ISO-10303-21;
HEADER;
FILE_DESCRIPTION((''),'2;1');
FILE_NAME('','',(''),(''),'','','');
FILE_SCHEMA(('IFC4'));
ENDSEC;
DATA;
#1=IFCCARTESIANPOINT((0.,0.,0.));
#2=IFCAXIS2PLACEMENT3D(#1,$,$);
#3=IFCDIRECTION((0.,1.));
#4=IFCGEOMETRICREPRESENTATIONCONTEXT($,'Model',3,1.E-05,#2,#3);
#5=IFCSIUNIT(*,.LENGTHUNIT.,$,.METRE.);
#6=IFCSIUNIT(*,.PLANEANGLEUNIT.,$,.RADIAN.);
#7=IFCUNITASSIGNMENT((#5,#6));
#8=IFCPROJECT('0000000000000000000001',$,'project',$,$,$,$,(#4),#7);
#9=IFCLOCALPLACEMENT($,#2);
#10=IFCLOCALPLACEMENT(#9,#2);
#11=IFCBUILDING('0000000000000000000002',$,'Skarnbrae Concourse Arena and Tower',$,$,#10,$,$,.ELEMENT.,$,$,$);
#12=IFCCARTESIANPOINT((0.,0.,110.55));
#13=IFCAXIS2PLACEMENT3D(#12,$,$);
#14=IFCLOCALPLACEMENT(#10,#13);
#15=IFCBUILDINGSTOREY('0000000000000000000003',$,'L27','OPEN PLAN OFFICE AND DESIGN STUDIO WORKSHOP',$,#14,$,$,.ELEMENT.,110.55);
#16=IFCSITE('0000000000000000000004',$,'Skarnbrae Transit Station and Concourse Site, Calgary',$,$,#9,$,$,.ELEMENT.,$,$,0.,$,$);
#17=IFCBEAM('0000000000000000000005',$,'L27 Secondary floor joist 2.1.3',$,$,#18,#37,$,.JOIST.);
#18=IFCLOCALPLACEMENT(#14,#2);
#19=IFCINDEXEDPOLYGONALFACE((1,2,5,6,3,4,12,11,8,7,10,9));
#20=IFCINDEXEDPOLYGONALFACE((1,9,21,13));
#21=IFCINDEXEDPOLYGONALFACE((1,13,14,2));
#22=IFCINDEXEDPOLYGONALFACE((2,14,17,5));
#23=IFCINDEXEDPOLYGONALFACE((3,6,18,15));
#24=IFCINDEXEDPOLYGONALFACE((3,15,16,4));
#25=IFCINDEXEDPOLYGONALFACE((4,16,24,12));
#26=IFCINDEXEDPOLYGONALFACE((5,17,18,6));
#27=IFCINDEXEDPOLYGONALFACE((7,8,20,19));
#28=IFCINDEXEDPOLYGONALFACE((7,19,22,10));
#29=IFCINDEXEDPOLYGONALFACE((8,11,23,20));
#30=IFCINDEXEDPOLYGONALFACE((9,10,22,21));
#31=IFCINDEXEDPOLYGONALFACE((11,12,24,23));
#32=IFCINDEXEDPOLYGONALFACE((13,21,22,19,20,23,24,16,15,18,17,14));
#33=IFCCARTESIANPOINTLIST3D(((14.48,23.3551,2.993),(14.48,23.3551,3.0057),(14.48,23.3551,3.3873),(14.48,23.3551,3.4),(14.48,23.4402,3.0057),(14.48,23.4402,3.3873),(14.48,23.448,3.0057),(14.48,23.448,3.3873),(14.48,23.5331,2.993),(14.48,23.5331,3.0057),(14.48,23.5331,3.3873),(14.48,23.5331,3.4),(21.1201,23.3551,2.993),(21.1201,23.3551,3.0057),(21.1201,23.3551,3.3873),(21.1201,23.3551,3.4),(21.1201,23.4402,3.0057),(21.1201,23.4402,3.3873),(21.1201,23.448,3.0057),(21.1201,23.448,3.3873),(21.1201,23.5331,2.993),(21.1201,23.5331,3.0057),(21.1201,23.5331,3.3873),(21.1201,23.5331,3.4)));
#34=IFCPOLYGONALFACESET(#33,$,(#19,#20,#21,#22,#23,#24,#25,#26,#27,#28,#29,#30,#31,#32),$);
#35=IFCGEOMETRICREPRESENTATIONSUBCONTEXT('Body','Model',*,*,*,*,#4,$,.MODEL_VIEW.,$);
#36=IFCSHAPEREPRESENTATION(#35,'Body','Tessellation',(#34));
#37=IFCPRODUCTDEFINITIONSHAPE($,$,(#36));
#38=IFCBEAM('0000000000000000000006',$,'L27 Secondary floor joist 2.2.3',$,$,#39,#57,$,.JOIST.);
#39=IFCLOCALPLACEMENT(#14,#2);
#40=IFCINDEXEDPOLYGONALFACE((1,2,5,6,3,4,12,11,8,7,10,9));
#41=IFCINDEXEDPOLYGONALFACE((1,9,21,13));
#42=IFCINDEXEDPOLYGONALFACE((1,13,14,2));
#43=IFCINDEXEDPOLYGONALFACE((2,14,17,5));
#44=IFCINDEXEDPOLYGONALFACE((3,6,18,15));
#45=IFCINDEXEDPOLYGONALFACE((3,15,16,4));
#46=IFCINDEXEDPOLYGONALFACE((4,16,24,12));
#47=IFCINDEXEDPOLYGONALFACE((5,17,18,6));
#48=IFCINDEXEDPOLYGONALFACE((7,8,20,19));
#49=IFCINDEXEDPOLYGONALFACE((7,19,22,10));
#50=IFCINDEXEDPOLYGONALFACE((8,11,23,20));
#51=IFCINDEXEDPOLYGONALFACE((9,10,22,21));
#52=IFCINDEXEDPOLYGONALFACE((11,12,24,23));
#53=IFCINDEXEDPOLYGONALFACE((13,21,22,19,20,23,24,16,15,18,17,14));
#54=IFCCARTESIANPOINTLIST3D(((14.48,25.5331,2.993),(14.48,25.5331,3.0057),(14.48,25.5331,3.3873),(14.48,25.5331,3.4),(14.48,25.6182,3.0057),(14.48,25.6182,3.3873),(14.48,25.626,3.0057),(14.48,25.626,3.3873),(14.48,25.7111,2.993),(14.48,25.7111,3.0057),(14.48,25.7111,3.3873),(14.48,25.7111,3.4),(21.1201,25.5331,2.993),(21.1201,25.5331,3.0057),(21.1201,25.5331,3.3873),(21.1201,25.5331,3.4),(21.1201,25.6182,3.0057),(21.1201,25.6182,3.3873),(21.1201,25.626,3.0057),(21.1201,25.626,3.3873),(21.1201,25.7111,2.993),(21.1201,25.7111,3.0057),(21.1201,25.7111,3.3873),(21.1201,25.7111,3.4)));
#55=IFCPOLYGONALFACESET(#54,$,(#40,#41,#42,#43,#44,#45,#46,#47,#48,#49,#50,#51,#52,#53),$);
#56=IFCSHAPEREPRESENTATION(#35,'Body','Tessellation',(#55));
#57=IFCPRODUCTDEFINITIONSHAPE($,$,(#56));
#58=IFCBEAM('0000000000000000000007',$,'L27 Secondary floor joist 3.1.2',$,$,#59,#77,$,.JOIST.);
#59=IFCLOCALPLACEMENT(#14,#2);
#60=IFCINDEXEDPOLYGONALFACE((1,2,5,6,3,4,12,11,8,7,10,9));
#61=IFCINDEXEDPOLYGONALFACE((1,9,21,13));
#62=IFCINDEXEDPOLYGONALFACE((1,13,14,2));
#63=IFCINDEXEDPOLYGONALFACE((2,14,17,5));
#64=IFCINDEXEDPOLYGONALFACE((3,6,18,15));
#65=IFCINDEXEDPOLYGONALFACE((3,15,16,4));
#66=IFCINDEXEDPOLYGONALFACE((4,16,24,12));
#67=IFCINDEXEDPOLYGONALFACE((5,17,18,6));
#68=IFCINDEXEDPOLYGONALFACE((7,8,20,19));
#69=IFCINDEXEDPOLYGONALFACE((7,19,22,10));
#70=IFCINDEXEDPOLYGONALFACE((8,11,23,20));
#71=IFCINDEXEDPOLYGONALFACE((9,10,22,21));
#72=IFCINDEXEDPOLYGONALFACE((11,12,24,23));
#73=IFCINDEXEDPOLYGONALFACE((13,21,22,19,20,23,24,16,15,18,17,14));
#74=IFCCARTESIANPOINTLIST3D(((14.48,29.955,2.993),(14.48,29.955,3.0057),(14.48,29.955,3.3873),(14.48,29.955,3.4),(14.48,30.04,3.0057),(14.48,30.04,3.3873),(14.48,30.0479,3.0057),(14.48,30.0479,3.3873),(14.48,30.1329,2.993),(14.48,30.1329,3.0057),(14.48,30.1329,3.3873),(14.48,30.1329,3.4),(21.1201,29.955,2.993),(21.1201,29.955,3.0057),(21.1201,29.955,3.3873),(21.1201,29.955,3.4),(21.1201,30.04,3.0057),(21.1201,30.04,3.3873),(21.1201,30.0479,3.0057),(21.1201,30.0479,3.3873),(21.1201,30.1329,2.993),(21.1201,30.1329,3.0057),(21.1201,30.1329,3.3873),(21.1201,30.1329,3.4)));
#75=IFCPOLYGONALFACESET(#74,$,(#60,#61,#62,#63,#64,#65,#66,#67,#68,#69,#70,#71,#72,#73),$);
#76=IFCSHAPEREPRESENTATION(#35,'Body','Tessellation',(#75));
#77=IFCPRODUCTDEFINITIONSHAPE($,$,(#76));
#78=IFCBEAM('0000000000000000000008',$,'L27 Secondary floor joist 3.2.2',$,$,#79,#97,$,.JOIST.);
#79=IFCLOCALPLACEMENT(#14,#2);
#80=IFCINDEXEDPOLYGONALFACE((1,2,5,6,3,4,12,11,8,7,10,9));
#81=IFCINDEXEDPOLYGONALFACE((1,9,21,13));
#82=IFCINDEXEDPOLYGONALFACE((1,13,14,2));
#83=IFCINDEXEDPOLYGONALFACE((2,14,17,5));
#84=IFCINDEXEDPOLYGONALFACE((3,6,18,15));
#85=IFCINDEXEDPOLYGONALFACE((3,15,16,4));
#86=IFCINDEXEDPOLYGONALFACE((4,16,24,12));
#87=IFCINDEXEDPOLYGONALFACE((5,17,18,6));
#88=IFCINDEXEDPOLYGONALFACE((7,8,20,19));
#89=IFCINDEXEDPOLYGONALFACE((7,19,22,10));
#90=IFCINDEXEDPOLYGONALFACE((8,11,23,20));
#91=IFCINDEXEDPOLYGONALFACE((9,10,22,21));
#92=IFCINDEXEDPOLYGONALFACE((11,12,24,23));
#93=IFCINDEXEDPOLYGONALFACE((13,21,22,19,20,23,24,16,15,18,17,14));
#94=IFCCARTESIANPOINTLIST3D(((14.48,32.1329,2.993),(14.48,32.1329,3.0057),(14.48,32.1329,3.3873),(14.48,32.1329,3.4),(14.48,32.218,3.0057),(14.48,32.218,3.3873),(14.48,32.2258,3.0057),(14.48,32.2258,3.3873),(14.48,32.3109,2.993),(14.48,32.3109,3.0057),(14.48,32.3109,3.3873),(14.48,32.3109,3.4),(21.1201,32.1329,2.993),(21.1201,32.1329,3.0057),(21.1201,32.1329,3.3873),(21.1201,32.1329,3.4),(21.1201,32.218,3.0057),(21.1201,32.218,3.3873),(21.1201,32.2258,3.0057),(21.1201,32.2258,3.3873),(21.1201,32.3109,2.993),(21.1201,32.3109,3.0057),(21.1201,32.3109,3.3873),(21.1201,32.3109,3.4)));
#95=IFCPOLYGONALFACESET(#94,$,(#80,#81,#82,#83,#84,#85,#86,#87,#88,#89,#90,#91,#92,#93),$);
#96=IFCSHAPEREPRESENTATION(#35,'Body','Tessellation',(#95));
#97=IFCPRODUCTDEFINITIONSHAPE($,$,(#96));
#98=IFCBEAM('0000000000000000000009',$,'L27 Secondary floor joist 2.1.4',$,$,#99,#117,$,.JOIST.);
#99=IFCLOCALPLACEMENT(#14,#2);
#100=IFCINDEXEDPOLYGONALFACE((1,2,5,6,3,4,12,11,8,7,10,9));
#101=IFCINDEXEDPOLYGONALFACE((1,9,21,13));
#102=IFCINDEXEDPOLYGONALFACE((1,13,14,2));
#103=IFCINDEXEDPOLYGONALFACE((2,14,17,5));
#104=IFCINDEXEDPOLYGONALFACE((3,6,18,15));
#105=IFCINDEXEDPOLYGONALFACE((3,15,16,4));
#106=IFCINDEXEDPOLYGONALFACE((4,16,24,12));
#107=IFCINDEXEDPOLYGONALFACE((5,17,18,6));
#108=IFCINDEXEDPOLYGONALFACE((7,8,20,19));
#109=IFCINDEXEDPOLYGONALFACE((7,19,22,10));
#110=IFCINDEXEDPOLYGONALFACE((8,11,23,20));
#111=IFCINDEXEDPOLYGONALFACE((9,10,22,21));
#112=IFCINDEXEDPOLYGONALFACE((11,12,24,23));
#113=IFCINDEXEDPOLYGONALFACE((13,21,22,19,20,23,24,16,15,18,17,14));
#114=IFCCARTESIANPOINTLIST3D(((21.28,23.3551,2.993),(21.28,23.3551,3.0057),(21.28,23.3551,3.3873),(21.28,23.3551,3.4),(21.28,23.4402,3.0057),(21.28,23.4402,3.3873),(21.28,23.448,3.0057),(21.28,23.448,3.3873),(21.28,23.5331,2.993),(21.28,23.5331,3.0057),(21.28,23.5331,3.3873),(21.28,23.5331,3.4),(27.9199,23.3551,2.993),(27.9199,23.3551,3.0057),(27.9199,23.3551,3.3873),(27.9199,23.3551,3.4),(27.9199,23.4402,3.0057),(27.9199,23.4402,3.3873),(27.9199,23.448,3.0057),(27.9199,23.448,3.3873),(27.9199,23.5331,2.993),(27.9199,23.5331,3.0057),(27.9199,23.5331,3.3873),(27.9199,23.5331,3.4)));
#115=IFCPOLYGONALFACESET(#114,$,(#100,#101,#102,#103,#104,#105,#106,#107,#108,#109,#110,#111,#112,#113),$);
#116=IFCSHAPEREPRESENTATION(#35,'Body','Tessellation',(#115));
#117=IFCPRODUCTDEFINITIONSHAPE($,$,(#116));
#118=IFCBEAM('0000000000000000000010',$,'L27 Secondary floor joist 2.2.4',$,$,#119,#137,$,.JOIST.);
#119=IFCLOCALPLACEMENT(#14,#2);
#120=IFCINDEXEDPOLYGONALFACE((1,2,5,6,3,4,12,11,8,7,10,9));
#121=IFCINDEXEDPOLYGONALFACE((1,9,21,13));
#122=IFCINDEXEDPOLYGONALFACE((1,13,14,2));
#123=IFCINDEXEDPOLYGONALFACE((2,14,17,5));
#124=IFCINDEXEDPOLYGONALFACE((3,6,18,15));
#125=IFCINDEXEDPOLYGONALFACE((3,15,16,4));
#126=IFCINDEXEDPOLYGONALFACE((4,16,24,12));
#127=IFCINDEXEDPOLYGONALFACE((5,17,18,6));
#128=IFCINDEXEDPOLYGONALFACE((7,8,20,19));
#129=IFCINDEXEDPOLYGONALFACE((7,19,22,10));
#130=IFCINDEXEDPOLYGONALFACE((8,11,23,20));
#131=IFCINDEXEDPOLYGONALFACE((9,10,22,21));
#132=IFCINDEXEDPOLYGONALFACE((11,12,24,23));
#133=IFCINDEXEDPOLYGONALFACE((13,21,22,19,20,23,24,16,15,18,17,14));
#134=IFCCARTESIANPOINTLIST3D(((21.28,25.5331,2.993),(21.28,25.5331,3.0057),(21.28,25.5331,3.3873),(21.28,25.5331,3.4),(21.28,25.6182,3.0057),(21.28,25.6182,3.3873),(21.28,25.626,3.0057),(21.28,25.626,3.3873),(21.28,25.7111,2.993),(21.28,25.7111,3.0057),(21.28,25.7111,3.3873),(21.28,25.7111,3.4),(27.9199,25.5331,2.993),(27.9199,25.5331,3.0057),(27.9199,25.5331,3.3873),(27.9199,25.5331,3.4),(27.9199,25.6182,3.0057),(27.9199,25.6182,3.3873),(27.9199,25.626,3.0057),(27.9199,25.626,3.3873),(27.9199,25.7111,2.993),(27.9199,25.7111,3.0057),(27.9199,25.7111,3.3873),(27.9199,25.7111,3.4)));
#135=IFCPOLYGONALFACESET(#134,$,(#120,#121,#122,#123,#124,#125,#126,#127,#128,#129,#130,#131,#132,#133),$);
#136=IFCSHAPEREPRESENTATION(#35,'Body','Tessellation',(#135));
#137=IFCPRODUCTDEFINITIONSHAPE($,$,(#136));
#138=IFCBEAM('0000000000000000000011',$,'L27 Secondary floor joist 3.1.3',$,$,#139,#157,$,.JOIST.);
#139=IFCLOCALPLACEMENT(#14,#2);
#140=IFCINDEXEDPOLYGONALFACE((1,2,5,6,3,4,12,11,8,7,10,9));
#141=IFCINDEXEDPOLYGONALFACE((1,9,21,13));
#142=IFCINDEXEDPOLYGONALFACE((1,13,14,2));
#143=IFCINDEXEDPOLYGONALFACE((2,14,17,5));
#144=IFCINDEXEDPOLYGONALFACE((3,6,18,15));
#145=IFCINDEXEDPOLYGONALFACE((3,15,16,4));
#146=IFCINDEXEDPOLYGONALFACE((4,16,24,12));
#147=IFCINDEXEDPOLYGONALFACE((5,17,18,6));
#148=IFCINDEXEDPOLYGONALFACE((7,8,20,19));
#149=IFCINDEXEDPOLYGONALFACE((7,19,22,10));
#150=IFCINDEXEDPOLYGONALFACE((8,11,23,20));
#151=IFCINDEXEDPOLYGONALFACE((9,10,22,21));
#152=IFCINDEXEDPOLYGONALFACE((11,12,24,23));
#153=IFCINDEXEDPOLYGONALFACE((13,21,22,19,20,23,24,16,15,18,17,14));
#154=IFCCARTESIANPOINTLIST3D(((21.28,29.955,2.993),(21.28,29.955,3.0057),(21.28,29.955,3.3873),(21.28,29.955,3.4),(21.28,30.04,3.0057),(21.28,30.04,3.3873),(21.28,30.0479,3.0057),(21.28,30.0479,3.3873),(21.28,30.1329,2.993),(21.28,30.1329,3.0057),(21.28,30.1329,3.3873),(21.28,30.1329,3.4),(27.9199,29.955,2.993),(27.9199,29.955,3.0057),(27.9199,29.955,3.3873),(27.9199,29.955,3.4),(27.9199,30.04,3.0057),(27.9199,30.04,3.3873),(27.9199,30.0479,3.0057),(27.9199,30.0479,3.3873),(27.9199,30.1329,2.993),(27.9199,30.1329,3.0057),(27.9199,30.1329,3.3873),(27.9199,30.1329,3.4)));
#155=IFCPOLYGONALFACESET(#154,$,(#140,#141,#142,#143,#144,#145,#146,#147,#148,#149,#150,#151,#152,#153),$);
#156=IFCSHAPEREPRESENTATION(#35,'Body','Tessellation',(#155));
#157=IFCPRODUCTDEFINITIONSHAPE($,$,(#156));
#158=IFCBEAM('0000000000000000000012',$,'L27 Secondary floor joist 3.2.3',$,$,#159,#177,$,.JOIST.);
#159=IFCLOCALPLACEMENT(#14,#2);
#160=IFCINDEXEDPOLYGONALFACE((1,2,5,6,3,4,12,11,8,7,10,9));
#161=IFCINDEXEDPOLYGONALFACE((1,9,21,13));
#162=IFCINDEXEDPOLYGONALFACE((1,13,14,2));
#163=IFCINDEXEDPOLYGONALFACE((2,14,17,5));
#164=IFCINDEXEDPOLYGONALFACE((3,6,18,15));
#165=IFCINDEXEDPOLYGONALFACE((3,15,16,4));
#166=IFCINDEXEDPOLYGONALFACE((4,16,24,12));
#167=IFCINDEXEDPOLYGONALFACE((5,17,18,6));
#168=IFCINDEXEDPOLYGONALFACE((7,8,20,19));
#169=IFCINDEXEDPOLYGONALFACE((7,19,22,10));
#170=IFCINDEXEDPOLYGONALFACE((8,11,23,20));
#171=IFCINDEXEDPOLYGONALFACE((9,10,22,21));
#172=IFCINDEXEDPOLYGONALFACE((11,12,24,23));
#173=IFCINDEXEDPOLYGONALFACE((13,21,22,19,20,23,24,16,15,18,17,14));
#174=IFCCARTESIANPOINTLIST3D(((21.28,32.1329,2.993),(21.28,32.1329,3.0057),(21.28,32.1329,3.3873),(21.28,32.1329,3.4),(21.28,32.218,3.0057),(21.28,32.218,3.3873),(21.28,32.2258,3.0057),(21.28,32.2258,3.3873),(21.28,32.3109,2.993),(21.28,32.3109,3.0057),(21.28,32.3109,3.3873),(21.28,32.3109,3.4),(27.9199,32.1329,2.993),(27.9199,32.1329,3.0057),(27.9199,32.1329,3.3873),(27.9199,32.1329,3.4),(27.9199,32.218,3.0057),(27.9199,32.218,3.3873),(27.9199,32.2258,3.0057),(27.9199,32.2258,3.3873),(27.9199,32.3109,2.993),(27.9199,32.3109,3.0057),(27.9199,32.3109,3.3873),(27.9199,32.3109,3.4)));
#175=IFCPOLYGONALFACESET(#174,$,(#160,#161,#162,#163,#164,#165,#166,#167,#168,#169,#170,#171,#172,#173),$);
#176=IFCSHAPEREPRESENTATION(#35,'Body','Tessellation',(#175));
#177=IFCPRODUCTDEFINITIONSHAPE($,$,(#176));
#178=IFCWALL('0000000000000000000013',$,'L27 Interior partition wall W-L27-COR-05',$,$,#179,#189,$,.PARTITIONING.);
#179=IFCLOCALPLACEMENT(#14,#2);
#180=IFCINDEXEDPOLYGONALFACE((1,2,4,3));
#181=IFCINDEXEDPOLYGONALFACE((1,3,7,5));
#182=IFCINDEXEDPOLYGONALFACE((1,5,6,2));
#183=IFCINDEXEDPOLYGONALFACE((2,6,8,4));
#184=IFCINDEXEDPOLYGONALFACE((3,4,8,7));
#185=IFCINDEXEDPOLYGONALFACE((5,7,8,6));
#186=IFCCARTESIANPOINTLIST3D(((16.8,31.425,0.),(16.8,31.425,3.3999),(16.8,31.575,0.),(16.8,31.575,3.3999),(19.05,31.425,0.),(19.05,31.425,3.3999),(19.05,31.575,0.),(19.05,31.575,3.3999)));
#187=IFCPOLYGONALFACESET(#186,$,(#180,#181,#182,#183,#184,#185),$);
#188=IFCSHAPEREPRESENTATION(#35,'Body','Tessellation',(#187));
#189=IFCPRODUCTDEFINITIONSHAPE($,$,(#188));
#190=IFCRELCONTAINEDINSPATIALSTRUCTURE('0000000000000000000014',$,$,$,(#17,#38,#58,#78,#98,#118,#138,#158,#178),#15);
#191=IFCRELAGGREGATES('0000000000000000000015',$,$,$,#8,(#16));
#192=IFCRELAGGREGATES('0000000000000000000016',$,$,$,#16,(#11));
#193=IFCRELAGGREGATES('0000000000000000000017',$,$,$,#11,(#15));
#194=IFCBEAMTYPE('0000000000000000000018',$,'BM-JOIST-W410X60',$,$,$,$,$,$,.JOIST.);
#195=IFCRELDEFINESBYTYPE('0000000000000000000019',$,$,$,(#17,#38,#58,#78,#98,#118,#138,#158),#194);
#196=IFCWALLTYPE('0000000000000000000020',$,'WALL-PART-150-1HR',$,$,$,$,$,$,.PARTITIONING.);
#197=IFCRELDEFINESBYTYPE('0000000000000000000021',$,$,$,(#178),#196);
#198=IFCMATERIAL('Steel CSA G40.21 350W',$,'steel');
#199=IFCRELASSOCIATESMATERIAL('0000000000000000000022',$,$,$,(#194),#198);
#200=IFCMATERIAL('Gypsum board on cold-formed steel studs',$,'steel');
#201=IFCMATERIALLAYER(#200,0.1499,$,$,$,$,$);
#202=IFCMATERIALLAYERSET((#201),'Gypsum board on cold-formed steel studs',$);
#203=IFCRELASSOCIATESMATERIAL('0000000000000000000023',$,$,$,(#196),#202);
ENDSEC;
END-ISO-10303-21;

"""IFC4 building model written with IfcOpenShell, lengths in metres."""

from ifc_helpers import new_model, si_unit, direction, frame, frame_2d, origin, origin_2d, place, context, subcontext, project, spatial, rectangle, i_section, extrude, source, transform, mapped, material, layer, layer_set, material_profile, profile_set, type_object, element, save


model = new_model("IFC4")

# Units and contexts
model_context = context("Model", 3, precision=1e-05, world=origin(), true_north=direction((0.0, 1.0)))
body_context = subcontext(model_context, "Body", "Model", "MODEL_VIEW")
ifc_project = project(units=[si_unit("LENGTHUNIT", "METRE"), si_unit("PLANEANGLEUNIT", "RADIAN")], contexts=[model_context])

# Site, building, storey
site_placement = place(None, origin())
site = spatial("IfcSite", under=ifc_project, at=site_placement, Name="Skarnbrae Transit Station and Concourse Site, Calgary", CompositionType="ELEMENT", RefElevation=0.0)
building_placement = place(site_placement, origin())
building = spatial("IfcBuilding", under=site, at=building_placement, Name="Skarnbrae Concourse Arena and Tower", CompositionType="ELEMENT")
storey_placement = place(building_placement, frame((0.0, 0.0, 110.55)))
storey = spatial("IfcBuildingStorey", under=building, at=storey_placement, Name="L27", Description="OPEN PLAN OFFICE AND DESIGN STUDIO WORKSHOP", CompositionType="ELEMENT", Elevation=110.55)

# Shared definitions
ifc_material_1 = material(Name="Steel CSA G40.21 350W", Category="steel")

# Beams
ifc_material_profile_1 = material_profile(ifc_material_1, i_section(OverallWidth=0.178, OverallDepth=0.407, WebThickness=0.0078, FlangeThickness=0.0127, at=origin_2d()), Name="W410X60")
ifc_profile_set_1 = profile_set([ifc_material_profile_1], Name="Steel CSA G40.21 350W")
beam_type_1 = type_object("IfcBeamType", Name="BM-JOIST-W410X60", PredefinedType="JOIST", material=ifc_profile_set_1)
shared_shape_1 = source(origin(), body_context, "Body", "SweptSolid", [
    extrude(i_section(OverallWidth=0.178, OverallDepth=0.407, WebThickness=0.0078, FlangeThickness=0.0127, at=origin_2d()), origin(), (0.0, 0.0, 1.0), 6.6401),
])
for number, where, z_axis, x_axis, name in (
    (1, (14.48, 23.4441, 3.1965), (1.0, 0.0, 0.0), (0.0, 1.0, 0.0), "L27 Secondary floor joist 2.1.3"),
    (2, (14.48, 25.6221, 3.1965), (1.0, 0.0, 0.0), (0.0, 1.0, 0.0), "L27 Secondary floor joist 2.2.3"),
    (3, (14.48, 30.0439, 3.1965), (1.0, 0.0, 0.0), (0.0, 1.0, 0.0), "L27 Secondary floor joist 3.1.2"),
    (4, (14.48, 32.2219, 3.1965), (1.0, 0.0, 0.0), (0.0, 1.0, 0.0), "L27 Secondary floor joist 3.2.2"),
):
    element("IfcBeam", number, at=place(storey_placement, frame(where, z_axis=z_axis, x_axis=x_axis)), inside=storey, type_object=beam_type_1, Name=name, PredefinedType="JOIST", context=body_context, shape_type="MappedRepresentation", body=[
        mapped(shared_shape_1, transform((0.0, 0.0, 0.0))),
    ])
shared_shape_2 = source(origin(), body_context, "Body", "SweptSolid", [
    extrude(i_section(OverallWidth=0.178, OverallDepth=0.407, WebThickness=0.0078, FlangeThickness=0.0127, at=origin_2d()), origin(), (0.0, 0.0, 1.0), 6.6399),
])
for number, where, z_axis, x_axis, name in (
    (5, (21.28, 23.4441, 3.1965), (1.0, 0.0, 0.0), (0.0, 1.0, 0.0), "L27 Secondary floor joist 2.1.4"),
    (6, (21.28, 25.6221, 3.1965), (1.0, 0.0, 0.0), (0.0, 1.0, 0.0), "L27 Secondary floor joist 2.2.4"),
    (7, (21.28, 30.0439, 3.1965), (1.0, 0.0, 0.0), (0.0, 1.0, 0.0), "L27 Secondary floor joist 3.1.3"),
    (8, (21.28, 32.2219, 3.1965), (1.0, 0.0, 0.0), (0.0, 1.0, 0.0), "L27 Secondary floor joist 3.2.3"),
):
    element("IfcBeam", number, at=place(storey_placement, frame(where, z_axis=z_axis, x_axis=x_axis)), inside=storey, type_object=beam_type_1, Name=name, PredefinedType="JOIST", context=body_context, shape_type="MappedRepresentation", body=[
        mapped(shared_shape_2, transform((0.0, 0.0, 0.0))),
    ])

# Wall
ifc_material_2 = material(Name="Gypsum board on cold-formed steel studs", Category="steel")
ifc_layer_1 = layer(ifc_material_2, 0.1499)
ifc_layer_set_1 = layer_set([ifc_layer_1], Name="Gypsum board on cold-formed steel studs")
wall_type_1 = type_object("IfcWallType", Name="WALL-PART-150-1HR", PredefinedType="PARTITIONING", material=ifc_layer_set_1)
shared_shape_3 = source(origin(), body_context, "Body", "SweptSolid", [
    extrude(rectangle(XDim=2.25, YDim=0.1499, at=frame_2d((1.125, 0.0))), origin(), (0.0, 0.0, 1.0), 3.3999),
])
wall_1_placement = place(storey_placement, frame((16.8, 31.5, 0.0), z_axis=(0.0, 0.0, 1.0), x_axis=(1.0, 0.0, 0.0)))
element("IfcWall", 9, at=wall_1_placement, inside=storey, type_object=wall_type_1, Name="L27 Interior partition wall W-L27-COR-05", PredefinedType="PARTITIONING", context=body_context, shape_type="MappedRepresentation", body=[
    mapped(shared_shape_3, transform((0.0, 0.0, 0.0))),
])

save(model, "model.ifc")
